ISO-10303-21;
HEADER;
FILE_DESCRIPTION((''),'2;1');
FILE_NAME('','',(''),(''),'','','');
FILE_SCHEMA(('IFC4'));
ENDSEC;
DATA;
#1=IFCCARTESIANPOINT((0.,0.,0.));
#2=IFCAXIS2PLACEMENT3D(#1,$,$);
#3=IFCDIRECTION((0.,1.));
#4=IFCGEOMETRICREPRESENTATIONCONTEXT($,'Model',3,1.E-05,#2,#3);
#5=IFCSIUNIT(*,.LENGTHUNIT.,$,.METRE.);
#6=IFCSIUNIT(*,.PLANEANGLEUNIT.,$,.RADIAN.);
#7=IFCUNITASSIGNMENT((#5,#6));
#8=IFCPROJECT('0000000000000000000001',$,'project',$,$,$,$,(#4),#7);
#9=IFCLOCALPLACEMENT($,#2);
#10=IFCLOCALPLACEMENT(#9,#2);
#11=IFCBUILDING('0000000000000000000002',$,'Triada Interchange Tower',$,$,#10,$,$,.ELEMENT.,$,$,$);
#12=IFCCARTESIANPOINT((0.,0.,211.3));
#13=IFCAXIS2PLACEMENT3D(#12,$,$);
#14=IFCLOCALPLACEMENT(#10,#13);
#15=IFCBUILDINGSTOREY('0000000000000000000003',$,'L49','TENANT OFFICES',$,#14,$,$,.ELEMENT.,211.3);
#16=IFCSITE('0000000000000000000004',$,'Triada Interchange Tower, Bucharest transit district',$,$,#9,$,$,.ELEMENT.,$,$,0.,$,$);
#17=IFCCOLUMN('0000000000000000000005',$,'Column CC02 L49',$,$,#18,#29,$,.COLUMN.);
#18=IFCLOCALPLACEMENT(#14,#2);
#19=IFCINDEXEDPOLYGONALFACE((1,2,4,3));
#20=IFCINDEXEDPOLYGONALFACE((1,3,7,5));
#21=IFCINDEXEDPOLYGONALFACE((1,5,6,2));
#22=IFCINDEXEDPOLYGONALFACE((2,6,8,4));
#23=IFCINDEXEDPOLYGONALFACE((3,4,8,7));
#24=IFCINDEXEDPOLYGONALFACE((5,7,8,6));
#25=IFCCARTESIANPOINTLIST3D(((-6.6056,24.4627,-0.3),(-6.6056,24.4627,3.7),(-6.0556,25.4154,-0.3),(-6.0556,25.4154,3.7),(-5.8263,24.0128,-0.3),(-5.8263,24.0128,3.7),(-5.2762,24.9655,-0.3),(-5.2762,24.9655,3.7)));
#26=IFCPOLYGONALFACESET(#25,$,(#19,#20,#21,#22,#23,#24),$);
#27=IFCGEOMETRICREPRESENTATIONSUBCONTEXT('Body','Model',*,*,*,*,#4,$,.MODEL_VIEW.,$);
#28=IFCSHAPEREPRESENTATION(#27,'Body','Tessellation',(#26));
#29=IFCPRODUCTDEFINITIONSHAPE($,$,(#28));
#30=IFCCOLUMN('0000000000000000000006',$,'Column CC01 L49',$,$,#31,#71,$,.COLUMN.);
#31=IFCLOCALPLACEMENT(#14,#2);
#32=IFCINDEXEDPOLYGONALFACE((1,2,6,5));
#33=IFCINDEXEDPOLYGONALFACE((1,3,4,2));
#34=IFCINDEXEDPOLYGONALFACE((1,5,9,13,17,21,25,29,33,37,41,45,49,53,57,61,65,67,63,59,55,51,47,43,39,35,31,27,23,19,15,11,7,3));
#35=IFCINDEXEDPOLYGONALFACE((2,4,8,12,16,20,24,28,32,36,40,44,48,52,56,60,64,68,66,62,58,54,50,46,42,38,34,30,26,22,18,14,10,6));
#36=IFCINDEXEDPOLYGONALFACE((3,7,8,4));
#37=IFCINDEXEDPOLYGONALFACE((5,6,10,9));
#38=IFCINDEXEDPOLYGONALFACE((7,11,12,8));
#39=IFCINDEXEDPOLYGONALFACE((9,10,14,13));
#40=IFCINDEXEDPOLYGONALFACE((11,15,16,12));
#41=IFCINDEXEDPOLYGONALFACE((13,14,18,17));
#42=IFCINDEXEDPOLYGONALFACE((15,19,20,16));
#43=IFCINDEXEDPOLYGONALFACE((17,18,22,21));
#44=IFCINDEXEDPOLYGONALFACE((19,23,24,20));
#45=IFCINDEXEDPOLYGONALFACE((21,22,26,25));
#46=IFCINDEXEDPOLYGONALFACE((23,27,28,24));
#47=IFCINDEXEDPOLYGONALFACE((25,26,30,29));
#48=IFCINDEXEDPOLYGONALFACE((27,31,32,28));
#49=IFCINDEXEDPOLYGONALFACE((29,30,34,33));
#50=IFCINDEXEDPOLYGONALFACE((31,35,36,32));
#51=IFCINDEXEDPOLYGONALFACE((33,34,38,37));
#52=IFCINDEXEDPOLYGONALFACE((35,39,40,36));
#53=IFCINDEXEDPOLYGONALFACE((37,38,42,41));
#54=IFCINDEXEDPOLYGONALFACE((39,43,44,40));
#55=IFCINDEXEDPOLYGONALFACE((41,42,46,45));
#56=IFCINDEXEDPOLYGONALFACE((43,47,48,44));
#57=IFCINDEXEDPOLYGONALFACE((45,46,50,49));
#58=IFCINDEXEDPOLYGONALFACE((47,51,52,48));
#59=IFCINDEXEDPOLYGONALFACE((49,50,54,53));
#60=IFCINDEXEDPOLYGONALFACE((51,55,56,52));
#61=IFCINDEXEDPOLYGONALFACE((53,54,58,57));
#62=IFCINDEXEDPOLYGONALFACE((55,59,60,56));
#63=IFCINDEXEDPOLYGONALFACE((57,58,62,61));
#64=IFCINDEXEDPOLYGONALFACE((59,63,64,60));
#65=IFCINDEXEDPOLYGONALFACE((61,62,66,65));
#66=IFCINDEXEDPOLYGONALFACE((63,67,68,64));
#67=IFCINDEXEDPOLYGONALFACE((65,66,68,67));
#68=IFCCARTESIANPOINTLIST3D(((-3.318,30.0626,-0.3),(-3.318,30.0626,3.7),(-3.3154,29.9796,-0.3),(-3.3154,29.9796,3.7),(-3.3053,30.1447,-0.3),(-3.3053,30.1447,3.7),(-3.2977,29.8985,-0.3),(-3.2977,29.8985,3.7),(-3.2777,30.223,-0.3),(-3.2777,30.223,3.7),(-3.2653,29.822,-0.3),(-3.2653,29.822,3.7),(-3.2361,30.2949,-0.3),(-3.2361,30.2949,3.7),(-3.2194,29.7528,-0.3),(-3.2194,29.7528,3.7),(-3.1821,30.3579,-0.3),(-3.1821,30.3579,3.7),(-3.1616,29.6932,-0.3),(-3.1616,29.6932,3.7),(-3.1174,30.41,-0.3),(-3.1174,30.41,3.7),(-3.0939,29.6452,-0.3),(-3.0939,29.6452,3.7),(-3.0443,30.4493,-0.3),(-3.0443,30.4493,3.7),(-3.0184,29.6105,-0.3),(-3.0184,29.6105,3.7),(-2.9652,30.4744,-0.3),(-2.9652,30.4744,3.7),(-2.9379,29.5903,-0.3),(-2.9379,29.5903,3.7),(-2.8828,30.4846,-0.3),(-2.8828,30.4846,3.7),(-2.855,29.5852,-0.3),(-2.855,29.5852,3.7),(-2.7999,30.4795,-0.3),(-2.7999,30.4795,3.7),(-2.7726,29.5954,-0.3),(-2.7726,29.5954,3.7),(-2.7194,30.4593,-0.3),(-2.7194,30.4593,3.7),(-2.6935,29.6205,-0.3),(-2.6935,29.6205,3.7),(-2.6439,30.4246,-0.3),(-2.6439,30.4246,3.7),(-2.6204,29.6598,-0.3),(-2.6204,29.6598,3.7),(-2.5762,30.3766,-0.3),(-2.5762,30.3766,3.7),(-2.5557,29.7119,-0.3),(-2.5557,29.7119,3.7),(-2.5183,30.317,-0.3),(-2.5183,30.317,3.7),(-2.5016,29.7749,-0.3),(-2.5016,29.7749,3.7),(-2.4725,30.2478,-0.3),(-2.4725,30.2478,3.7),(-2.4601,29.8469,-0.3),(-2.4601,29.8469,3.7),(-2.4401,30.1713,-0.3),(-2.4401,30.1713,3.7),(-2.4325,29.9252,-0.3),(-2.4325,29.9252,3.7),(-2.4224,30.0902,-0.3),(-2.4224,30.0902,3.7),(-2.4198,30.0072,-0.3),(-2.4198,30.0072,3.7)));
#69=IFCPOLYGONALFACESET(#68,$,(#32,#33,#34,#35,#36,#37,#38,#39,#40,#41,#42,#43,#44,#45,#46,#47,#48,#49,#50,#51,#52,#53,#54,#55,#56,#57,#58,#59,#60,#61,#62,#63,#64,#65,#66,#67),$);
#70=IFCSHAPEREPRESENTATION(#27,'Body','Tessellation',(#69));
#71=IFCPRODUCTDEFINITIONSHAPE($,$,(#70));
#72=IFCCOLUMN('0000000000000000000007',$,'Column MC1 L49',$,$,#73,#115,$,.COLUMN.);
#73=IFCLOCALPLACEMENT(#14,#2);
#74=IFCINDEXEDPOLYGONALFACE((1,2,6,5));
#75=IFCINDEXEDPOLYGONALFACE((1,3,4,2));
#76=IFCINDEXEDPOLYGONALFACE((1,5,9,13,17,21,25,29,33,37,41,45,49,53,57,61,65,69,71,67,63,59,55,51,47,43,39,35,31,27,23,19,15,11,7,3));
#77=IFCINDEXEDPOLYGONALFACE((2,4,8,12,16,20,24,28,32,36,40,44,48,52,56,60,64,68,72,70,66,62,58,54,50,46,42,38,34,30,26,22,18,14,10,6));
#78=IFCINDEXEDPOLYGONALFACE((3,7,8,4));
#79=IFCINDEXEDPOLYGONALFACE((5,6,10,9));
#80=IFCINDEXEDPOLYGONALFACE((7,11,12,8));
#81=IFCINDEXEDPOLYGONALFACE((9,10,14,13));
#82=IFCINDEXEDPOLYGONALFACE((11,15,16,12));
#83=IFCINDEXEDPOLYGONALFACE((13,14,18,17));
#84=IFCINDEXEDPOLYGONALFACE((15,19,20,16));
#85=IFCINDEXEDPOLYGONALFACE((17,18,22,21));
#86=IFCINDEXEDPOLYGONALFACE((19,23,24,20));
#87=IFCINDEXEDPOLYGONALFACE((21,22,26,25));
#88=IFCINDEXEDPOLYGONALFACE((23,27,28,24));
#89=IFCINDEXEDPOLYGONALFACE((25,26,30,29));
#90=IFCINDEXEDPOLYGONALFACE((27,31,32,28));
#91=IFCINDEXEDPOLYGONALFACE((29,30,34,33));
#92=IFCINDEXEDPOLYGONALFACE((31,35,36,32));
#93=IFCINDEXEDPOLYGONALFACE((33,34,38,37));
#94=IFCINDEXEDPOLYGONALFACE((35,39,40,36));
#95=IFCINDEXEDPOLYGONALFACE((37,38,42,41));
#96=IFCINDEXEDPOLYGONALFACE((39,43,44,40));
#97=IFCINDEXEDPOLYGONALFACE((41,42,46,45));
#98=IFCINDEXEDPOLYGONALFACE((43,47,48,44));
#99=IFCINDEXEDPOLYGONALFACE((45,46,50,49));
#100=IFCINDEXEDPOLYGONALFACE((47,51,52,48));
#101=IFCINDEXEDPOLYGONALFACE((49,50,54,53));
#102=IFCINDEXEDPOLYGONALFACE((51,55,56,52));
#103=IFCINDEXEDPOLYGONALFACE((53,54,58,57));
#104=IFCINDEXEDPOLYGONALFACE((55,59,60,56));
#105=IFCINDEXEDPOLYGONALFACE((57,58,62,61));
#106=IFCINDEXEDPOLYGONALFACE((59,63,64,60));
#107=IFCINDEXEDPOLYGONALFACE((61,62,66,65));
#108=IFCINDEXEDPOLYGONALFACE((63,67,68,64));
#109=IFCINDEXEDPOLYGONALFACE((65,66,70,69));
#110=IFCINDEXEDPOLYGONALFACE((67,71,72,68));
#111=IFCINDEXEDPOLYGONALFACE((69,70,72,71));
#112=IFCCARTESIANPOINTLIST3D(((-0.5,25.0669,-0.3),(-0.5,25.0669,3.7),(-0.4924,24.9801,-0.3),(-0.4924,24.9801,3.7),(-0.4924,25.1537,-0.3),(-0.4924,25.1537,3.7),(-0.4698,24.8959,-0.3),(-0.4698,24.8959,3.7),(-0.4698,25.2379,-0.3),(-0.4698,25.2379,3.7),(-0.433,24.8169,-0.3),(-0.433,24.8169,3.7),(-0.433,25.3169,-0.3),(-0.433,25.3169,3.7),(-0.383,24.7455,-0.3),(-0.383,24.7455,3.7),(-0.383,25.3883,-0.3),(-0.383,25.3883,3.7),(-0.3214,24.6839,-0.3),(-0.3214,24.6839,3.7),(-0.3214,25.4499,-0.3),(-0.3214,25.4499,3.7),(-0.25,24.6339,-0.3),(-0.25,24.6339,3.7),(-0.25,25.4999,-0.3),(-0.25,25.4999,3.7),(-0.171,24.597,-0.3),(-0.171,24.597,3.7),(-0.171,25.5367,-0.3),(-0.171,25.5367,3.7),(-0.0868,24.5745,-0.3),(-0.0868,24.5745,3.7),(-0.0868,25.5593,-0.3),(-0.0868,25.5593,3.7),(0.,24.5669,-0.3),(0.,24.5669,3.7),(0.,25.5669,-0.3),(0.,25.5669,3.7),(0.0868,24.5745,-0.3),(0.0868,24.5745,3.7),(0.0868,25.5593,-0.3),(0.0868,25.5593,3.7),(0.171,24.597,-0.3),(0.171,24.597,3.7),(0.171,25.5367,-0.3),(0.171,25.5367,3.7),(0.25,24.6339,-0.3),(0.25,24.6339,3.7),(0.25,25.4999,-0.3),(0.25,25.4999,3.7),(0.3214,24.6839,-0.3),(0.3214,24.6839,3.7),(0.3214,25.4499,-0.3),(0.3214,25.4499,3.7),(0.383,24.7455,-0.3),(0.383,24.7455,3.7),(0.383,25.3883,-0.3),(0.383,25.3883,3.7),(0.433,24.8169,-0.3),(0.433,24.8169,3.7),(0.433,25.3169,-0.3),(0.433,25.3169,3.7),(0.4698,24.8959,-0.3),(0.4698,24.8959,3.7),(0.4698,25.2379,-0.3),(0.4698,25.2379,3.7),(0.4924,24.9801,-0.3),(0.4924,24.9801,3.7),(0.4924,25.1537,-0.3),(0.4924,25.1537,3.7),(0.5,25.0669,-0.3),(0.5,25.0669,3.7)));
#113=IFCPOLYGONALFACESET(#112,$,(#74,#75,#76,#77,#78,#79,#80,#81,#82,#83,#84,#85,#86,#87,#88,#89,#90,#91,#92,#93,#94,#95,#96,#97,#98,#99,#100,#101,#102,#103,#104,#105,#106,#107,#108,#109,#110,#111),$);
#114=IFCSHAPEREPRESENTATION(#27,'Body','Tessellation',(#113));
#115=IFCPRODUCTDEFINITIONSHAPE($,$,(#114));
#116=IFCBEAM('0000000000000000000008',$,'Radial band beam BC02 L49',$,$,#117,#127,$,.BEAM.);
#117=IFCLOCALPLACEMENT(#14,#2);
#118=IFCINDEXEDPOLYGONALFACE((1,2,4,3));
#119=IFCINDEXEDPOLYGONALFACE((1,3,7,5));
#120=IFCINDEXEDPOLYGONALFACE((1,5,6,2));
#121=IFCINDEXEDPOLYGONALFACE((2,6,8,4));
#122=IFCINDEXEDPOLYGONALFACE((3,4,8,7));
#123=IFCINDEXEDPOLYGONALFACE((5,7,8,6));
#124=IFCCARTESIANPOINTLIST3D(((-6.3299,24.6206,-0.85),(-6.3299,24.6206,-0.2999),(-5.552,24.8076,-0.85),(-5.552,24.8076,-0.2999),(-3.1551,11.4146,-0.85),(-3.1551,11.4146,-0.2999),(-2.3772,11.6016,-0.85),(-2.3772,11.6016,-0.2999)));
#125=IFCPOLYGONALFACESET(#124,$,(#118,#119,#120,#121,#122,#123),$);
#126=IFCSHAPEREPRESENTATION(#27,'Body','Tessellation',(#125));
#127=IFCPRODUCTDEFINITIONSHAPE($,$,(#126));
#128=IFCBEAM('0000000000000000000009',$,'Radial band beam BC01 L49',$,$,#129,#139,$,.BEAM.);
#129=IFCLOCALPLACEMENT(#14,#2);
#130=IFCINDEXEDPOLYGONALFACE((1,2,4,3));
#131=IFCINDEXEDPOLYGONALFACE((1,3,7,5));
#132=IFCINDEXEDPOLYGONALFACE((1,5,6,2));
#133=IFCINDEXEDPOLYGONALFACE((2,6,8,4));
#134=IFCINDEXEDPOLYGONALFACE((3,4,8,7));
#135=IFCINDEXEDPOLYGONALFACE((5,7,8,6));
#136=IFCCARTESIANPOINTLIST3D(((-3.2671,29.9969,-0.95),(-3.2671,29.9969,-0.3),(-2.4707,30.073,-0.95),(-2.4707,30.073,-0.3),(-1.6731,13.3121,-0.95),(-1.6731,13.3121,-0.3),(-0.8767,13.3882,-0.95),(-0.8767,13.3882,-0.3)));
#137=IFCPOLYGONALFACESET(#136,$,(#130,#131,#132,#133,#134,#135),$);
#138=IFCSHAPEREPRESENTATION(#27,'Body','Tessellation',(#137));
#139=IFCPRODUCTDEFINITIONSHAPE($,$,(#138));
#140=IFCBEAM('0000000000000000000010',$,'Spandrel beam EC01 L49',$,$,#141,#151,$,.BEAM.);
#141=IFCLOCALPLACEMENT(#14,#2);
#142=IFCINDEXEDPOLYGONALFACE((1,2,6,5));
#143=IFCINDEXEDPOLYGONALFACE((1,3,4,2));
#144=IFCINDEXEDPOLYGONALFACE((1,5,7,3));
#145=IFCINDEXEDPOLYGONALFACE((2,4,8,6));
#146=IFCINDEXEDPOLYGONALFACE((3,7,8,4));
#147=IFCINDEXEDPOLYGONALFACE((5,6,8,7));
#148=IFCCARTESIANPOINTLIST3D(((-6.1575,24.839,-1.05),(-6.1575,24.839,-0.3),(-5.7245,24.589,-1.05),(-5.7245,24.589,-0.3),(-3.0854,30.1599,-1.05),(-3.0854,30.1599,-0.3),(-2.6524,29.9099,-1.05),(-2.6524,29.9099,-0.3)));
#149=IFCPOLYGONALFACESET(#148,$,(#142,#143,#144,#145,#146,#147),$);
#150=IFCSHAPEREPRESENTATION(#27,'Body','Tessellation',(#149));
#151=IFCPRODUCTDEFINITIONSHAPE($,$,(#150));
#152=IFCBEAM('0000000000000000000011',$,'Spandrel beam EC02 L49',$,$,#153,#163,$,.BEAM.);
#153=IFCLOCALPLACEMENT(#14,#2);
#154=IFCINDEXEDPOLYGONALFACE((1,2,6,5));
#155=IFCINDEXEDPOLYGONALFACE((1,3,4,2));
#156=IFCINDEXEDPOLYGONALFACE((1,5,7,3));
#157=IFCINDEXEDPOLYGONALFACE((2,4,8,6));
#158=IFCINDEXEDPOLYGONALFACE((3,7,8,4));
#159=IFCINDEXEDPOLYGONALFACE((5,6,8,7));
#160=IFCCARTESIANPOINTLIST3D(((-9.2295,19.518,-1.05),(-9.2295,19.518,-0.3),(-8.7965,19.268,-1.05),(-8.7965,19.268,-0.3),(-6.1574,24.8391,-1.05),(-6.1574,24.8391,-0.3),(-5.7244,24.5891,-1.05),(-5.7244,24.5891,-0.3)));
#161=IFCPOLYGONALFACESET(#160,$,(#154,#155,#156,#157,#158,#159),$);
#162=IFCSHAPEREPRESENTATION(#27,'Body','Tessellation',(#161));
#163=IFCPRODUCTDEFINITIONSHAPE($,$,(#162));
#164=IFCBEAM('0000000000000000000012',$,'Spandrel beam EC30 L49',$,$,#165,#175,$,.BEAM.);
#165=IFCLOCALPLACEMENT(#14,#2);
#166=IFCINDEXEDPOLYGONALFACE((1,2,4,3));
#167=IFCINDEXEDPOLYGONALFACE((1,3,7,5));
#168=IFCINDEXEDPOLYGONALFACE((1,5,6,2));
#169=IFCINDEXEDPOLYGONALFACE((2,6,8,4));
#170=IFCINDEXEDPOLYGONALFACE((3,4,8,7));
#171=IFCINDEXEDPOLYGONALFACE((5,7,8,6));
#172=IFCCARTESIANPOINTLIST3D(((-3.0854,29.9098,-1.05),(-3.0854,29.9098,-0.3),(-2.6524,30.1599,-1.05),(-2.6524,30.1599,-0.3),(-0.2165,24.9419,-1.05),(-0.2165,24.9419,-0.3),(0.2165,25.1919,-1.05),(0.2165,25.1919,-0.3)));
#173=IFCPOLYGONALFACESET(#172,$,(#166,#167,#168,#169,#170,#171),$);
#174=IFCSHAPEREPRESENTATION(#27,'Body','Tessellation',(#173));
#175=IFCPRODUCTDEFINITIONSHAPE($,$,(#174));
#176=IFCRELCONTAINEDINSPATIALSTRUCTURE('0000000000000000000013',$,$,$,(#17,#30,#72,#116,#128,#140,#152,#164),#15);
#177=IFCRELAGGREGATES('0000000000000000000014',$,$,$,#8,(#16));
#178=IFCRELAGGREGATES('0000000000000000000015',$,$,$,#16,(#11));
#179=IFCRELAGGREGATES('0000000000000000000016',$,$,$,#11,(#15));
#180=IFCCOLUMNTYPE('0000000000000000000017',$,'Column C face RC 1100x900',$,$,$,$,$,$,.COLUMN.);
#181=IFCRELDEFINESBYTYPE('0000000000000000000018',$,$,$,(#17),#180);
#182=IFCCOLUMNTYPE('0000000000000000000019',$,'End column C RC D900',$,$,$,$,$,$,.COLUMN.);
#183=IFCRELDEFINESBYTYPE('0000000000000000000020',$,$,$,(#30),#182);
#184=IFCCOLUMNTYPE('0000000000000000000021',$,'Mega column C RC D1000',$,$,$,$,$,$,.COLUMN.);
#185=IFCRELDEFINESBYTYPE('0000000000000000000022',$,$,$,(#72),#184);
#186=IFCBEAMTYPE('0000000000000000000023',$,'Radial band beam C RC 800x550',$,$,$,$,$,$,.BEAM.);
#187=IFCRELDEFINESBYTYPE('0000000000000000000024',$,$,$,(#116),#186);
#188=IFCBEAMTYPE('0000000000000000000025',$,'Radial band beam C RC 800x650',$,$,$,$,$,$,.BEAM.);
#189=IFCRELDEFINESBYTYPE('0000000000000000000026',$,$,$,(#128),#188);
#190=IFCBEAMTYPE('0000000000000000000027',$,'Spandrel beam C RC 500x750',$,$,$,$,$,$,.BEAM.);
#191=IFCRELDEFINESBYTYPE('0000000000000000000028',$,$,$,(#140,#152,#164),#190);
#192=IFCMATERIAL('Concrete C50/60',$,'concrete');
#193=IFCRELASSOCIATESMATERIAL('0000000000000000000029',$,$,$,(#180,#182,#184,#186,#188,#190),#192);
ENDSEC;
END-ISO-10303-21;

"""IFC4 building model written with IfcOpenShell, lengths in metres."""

from ifc_helpers import new_model, si_unit, direction, frame, origin, origin_2d, place, context, subcontext, project, spatial, rectangle, circle, extrude, material, material_profile, profile_set, type_object, element, save


model = new_model("IFC4")

# Units and contexts
model_context = context("Model", 3, precision=1e-05, world=origin(), true_north=direction((0.0, 1.0)))
body_context = subcontext(model_context, "Body", "Model", "MODEL_VIEW")
ifc_project = project(units=[si_unit("LENGTHUNIT", "METRE"), si_unit("PLANEANGLEUNIT", "RADIAN")], contexts=[model_context])

# Site, building, storey
site_placement = place(None, origin())
site = spatial("IfcSite", under=ifc_project, at=site_placement, Name="Triada Interchange Tower, Bucharest transit district", CompositionType="ELEMENT", RefElevation=0.0)
building_placement = place(site_placement, origin())
building = spatial("IfcBuilding", under=site, at=building_placement, Name="Triada Interchange Tower", CompositionType="ELEMENT")
storey_placement = place(building_placement, frame((0.0, 0.0, 211.3)))
storey = spatial("IfcBuildingStorey", under=building, at=storey_placement, Name="L49", Description="TENANT OFFICES", CompositionType="ELEMENT", Elevation=211.3)

# Columns
ifc_material_1 = material(Name="Concrete C50/60", Category="concrete")
ifc_material_profile_1 = material_profile(ifc_material_1, rectangle(XDim=1.1001, YDim=0.8999, at=origin_2d()), Name="RC 1100x900")
ifc_profile_set_1 = profile_set([ifc_material_profile_1], Name="Concrete C50/60")
column_type_1 = type_object("IfcColumnType", Name="Column C face RC 1100x900", PredefinedType="COLUMN", material=ifc_profile_set_1)
column_1_placement = place(storey_placement, frame((-5.9409, 24.7141, -0.3), z_axis=(0.0, 0.0, 1.0), x_axis=(0.5, 0.866025, 0.0)))
element("IfcColumn", 1, at=column_1_placement, inside=storey, type_object=column_type_1, Name="Column CC02 L49", PredefinedType="COLUMN", context=body_context, shape_type="SweptSolid", body=[
    extrude(rectangle(XDim=1.1001, YDim=0.8999, at=origin_2d()), origin(), (0.0, 0.0, 1.0), 4.0),
])
ifc_material_profile_2 = material_profile(ifc_material_1, circle(Radius=0.45, at=origin_2d()), Name="RC D900")
ifc_profile_set_2 = profile_set([ifc_material_profile_2], Name="Concrete C50/60")
column_type_2 = type_object("IfcColumnType", Name="End column C RC D900", PredefinedType="COLUMN", material=ifc_profile_set_2)
column_2_placement = place(storey_placement, frame((-2.8689, 30.0349, -0.3), z_axis=(0.0, 0.0, 1.0), x_axis=(0.5, 0.866025, 0.0)))
element("IfcColumn", 2, at=column_2_placement, inside=storey, type_object=column_type_2, Name="Column CC01 L49", PredefinedType="COLUMN", context=body_context, shape_type="SweptSolid", body=[
    extrude(circle(Radius=0.45, at=origin_2d()), origin(), (0.0, 0.0, 1.0), 4.0),
])
ifc_material_profile_3 = material_profile(ifc_material_1, circle(Radius=0.5, at=origin_2d()), Name="RC D1000")
ifc_profile_set_3 = profile_set([ifc_material_profile_3], Name="Concrete C50/60")
column_type_3 = type_object("IfcColumnType", Name="Mega column C RC D1000", PredefinedType="COLUMN", material=ifc_profile_set_3)
column_3_placement = place(storey_placement, frame((0.0, 25.0669, -0.3), z_axis=(0.0, 0.0, 1.0), x_axis=(1.0, 0.0, 0.0)))
element("IfcColumn", 3, at=column_3_placement, inside=storey, type_object=column_type_3, Name="Column MC1 L49", PredefinedType="COLUMN", context=body_context, shape_type="SweptSolid", body=[
    extrude(circle(Radius=0.5, at=origin_2d()), origin(), (0.0, 0.0, 1.0), 4.0),
])

# Beams
ifc_material_profile_4 = material_profile(ifc_material_1, rectangle(XDim=0.8, YDim=0.55, at=origin_2d()), Name="RC 800x550")
ifc_profile_set_4 = profile_set([ifc_material_profile_4], Name="Concrete C50/60")
beam_type_1 = type_object("IfcBeamType", Name="Radial band beam C RC 800x550", PredefinedType="BEAM", material=ifc_profile_set_4)
beam_1_placement = place(storey_placement, frame((-5.9409, 24.7141, -0.575), z_axis=(0.233745, -0.972298, 0.0), x_axis=(0.972298, 0.233745, 0.0)))
element("IfcBeam", 4, at=beam_1_placement, inside=storey, type_object=beam_type_1, Name="Radial band beam BC02 L49", PredefinedType="BEAM", context=body_context, shape_type="SweptSolid", body=[
    extrude(rectangle(XDim=0.8, YDim=0.55, at=origin_2d()), origin(), (0.0, 0.0, 1.0), 13.5823),
])
ifc_material_profile_5 = material_profile(ifc_material_1, rectangle(XDim=0.8, YDim=0.6499, at=origin_2d()), Name="RC 800x650")
ifc_profile_set_5 = profile_set([ifc_material_profile_5], Name="Concrete C50/60")
beam_type_2 = type_object("IfcBeamType", Name="Radial band beam C RC 800x650", PredefinedType="BEAM", material=ifc_profile_set_5)
beam_2_placement = place(storey_placement, frame((-2.8689, 30.0349, -0.625), z_axis=(0.095103, -0.995467, 0.0), x_axis=(0.995467, 0.095103, 0.0)))
element("IfcBeam", 5, at=beam_2_placement, inside=storey, type_object=beam_type_2, Name="Radial band beam BC01 L49", PredefinedType="BEAM", context=body_context, shape_type="SweptSolid", body=[
    extrude(rectangle(XDim=0.8, YDim=0.6499, at=origin_2d()), origin(), (0.0, 0.0, 1.0), 16.7607),
])
ifc_material_profile_6 = material_profile(ifc_material_1, rectangle(XDim=0.5, YDim=0.75, at=origin_2d()), Name="RC 500x750")
ifc_profile_set_6 = profile_set([ifc_material_profile_6], Name="Concrete C50/60")
beam_type_3 = type_object("IfcBeamType", Name="Spandrel beam C RC 500x750", PredefinedType="BEAM", material=ifc_profile_set_6)
beam_3_placement = place(storey_placement, frame((-2.8689, 30.0349, -0.675), z_axis=(-0.500007, -0.866021, 0.0), x_axis=(0.866021, -0.500007, 0.0)))
element("IfcBeam", 6, at=beam_3_placement, inside=storey, type_object=beam_type_3, Name="Spandrel beam EC01 L49", PredefinedType="BEAM", context=body_context, shape_type="SweptSolid", body=[
    extrude(rectangle(XDim=0.5, YDim=0.75, at=origin_2d()), origin(), (0.0, 0.0, 1.0), 6.144),
])
beam_4_placement = place(storey_placement, frame((-5.9409, 24.7141, -0.675), z_axis=(-0.49999, -0.866031, 0.0), x_axis=(0.866031, -0.49999, 0.0)))
element("IfcBeam", 7, at=beam_4_placement, inside=storey, type_object=beam_type_3, Name="Spandrel beam EC02 L49", PredefinedType="BEAM", context=body_context, shape_type="SweptSolid", body=[
    extrude(rectangle(XDim=0.5, YDim=0.75, at=origin_2d()), origin(), (0.0, 0.0, 1.0), 6.1443),
])
beam_5_placement = place(storey_placement, frame((0.0, 25.0669, -0.675), z_axis=(-0.50008, 0.865979, 0.0), x_axis=(-0.865979, -0.50008, 0.0)))
element("IfcBeam", 8, at=beam_5_placement, inside=storey, type_object=beam_type_3, Name="Spandrel beam EC30 L49", PredefinedType="BEAM", context=body_context, shape_type="SweptSolid", body=[
    extrude(rectangle(XDim=0.5, YDim=0.75, at=origin_2d()), origin(), (0.0, 0.0, 1.0), 5.7368),
])

save(model, "model.ifc")
